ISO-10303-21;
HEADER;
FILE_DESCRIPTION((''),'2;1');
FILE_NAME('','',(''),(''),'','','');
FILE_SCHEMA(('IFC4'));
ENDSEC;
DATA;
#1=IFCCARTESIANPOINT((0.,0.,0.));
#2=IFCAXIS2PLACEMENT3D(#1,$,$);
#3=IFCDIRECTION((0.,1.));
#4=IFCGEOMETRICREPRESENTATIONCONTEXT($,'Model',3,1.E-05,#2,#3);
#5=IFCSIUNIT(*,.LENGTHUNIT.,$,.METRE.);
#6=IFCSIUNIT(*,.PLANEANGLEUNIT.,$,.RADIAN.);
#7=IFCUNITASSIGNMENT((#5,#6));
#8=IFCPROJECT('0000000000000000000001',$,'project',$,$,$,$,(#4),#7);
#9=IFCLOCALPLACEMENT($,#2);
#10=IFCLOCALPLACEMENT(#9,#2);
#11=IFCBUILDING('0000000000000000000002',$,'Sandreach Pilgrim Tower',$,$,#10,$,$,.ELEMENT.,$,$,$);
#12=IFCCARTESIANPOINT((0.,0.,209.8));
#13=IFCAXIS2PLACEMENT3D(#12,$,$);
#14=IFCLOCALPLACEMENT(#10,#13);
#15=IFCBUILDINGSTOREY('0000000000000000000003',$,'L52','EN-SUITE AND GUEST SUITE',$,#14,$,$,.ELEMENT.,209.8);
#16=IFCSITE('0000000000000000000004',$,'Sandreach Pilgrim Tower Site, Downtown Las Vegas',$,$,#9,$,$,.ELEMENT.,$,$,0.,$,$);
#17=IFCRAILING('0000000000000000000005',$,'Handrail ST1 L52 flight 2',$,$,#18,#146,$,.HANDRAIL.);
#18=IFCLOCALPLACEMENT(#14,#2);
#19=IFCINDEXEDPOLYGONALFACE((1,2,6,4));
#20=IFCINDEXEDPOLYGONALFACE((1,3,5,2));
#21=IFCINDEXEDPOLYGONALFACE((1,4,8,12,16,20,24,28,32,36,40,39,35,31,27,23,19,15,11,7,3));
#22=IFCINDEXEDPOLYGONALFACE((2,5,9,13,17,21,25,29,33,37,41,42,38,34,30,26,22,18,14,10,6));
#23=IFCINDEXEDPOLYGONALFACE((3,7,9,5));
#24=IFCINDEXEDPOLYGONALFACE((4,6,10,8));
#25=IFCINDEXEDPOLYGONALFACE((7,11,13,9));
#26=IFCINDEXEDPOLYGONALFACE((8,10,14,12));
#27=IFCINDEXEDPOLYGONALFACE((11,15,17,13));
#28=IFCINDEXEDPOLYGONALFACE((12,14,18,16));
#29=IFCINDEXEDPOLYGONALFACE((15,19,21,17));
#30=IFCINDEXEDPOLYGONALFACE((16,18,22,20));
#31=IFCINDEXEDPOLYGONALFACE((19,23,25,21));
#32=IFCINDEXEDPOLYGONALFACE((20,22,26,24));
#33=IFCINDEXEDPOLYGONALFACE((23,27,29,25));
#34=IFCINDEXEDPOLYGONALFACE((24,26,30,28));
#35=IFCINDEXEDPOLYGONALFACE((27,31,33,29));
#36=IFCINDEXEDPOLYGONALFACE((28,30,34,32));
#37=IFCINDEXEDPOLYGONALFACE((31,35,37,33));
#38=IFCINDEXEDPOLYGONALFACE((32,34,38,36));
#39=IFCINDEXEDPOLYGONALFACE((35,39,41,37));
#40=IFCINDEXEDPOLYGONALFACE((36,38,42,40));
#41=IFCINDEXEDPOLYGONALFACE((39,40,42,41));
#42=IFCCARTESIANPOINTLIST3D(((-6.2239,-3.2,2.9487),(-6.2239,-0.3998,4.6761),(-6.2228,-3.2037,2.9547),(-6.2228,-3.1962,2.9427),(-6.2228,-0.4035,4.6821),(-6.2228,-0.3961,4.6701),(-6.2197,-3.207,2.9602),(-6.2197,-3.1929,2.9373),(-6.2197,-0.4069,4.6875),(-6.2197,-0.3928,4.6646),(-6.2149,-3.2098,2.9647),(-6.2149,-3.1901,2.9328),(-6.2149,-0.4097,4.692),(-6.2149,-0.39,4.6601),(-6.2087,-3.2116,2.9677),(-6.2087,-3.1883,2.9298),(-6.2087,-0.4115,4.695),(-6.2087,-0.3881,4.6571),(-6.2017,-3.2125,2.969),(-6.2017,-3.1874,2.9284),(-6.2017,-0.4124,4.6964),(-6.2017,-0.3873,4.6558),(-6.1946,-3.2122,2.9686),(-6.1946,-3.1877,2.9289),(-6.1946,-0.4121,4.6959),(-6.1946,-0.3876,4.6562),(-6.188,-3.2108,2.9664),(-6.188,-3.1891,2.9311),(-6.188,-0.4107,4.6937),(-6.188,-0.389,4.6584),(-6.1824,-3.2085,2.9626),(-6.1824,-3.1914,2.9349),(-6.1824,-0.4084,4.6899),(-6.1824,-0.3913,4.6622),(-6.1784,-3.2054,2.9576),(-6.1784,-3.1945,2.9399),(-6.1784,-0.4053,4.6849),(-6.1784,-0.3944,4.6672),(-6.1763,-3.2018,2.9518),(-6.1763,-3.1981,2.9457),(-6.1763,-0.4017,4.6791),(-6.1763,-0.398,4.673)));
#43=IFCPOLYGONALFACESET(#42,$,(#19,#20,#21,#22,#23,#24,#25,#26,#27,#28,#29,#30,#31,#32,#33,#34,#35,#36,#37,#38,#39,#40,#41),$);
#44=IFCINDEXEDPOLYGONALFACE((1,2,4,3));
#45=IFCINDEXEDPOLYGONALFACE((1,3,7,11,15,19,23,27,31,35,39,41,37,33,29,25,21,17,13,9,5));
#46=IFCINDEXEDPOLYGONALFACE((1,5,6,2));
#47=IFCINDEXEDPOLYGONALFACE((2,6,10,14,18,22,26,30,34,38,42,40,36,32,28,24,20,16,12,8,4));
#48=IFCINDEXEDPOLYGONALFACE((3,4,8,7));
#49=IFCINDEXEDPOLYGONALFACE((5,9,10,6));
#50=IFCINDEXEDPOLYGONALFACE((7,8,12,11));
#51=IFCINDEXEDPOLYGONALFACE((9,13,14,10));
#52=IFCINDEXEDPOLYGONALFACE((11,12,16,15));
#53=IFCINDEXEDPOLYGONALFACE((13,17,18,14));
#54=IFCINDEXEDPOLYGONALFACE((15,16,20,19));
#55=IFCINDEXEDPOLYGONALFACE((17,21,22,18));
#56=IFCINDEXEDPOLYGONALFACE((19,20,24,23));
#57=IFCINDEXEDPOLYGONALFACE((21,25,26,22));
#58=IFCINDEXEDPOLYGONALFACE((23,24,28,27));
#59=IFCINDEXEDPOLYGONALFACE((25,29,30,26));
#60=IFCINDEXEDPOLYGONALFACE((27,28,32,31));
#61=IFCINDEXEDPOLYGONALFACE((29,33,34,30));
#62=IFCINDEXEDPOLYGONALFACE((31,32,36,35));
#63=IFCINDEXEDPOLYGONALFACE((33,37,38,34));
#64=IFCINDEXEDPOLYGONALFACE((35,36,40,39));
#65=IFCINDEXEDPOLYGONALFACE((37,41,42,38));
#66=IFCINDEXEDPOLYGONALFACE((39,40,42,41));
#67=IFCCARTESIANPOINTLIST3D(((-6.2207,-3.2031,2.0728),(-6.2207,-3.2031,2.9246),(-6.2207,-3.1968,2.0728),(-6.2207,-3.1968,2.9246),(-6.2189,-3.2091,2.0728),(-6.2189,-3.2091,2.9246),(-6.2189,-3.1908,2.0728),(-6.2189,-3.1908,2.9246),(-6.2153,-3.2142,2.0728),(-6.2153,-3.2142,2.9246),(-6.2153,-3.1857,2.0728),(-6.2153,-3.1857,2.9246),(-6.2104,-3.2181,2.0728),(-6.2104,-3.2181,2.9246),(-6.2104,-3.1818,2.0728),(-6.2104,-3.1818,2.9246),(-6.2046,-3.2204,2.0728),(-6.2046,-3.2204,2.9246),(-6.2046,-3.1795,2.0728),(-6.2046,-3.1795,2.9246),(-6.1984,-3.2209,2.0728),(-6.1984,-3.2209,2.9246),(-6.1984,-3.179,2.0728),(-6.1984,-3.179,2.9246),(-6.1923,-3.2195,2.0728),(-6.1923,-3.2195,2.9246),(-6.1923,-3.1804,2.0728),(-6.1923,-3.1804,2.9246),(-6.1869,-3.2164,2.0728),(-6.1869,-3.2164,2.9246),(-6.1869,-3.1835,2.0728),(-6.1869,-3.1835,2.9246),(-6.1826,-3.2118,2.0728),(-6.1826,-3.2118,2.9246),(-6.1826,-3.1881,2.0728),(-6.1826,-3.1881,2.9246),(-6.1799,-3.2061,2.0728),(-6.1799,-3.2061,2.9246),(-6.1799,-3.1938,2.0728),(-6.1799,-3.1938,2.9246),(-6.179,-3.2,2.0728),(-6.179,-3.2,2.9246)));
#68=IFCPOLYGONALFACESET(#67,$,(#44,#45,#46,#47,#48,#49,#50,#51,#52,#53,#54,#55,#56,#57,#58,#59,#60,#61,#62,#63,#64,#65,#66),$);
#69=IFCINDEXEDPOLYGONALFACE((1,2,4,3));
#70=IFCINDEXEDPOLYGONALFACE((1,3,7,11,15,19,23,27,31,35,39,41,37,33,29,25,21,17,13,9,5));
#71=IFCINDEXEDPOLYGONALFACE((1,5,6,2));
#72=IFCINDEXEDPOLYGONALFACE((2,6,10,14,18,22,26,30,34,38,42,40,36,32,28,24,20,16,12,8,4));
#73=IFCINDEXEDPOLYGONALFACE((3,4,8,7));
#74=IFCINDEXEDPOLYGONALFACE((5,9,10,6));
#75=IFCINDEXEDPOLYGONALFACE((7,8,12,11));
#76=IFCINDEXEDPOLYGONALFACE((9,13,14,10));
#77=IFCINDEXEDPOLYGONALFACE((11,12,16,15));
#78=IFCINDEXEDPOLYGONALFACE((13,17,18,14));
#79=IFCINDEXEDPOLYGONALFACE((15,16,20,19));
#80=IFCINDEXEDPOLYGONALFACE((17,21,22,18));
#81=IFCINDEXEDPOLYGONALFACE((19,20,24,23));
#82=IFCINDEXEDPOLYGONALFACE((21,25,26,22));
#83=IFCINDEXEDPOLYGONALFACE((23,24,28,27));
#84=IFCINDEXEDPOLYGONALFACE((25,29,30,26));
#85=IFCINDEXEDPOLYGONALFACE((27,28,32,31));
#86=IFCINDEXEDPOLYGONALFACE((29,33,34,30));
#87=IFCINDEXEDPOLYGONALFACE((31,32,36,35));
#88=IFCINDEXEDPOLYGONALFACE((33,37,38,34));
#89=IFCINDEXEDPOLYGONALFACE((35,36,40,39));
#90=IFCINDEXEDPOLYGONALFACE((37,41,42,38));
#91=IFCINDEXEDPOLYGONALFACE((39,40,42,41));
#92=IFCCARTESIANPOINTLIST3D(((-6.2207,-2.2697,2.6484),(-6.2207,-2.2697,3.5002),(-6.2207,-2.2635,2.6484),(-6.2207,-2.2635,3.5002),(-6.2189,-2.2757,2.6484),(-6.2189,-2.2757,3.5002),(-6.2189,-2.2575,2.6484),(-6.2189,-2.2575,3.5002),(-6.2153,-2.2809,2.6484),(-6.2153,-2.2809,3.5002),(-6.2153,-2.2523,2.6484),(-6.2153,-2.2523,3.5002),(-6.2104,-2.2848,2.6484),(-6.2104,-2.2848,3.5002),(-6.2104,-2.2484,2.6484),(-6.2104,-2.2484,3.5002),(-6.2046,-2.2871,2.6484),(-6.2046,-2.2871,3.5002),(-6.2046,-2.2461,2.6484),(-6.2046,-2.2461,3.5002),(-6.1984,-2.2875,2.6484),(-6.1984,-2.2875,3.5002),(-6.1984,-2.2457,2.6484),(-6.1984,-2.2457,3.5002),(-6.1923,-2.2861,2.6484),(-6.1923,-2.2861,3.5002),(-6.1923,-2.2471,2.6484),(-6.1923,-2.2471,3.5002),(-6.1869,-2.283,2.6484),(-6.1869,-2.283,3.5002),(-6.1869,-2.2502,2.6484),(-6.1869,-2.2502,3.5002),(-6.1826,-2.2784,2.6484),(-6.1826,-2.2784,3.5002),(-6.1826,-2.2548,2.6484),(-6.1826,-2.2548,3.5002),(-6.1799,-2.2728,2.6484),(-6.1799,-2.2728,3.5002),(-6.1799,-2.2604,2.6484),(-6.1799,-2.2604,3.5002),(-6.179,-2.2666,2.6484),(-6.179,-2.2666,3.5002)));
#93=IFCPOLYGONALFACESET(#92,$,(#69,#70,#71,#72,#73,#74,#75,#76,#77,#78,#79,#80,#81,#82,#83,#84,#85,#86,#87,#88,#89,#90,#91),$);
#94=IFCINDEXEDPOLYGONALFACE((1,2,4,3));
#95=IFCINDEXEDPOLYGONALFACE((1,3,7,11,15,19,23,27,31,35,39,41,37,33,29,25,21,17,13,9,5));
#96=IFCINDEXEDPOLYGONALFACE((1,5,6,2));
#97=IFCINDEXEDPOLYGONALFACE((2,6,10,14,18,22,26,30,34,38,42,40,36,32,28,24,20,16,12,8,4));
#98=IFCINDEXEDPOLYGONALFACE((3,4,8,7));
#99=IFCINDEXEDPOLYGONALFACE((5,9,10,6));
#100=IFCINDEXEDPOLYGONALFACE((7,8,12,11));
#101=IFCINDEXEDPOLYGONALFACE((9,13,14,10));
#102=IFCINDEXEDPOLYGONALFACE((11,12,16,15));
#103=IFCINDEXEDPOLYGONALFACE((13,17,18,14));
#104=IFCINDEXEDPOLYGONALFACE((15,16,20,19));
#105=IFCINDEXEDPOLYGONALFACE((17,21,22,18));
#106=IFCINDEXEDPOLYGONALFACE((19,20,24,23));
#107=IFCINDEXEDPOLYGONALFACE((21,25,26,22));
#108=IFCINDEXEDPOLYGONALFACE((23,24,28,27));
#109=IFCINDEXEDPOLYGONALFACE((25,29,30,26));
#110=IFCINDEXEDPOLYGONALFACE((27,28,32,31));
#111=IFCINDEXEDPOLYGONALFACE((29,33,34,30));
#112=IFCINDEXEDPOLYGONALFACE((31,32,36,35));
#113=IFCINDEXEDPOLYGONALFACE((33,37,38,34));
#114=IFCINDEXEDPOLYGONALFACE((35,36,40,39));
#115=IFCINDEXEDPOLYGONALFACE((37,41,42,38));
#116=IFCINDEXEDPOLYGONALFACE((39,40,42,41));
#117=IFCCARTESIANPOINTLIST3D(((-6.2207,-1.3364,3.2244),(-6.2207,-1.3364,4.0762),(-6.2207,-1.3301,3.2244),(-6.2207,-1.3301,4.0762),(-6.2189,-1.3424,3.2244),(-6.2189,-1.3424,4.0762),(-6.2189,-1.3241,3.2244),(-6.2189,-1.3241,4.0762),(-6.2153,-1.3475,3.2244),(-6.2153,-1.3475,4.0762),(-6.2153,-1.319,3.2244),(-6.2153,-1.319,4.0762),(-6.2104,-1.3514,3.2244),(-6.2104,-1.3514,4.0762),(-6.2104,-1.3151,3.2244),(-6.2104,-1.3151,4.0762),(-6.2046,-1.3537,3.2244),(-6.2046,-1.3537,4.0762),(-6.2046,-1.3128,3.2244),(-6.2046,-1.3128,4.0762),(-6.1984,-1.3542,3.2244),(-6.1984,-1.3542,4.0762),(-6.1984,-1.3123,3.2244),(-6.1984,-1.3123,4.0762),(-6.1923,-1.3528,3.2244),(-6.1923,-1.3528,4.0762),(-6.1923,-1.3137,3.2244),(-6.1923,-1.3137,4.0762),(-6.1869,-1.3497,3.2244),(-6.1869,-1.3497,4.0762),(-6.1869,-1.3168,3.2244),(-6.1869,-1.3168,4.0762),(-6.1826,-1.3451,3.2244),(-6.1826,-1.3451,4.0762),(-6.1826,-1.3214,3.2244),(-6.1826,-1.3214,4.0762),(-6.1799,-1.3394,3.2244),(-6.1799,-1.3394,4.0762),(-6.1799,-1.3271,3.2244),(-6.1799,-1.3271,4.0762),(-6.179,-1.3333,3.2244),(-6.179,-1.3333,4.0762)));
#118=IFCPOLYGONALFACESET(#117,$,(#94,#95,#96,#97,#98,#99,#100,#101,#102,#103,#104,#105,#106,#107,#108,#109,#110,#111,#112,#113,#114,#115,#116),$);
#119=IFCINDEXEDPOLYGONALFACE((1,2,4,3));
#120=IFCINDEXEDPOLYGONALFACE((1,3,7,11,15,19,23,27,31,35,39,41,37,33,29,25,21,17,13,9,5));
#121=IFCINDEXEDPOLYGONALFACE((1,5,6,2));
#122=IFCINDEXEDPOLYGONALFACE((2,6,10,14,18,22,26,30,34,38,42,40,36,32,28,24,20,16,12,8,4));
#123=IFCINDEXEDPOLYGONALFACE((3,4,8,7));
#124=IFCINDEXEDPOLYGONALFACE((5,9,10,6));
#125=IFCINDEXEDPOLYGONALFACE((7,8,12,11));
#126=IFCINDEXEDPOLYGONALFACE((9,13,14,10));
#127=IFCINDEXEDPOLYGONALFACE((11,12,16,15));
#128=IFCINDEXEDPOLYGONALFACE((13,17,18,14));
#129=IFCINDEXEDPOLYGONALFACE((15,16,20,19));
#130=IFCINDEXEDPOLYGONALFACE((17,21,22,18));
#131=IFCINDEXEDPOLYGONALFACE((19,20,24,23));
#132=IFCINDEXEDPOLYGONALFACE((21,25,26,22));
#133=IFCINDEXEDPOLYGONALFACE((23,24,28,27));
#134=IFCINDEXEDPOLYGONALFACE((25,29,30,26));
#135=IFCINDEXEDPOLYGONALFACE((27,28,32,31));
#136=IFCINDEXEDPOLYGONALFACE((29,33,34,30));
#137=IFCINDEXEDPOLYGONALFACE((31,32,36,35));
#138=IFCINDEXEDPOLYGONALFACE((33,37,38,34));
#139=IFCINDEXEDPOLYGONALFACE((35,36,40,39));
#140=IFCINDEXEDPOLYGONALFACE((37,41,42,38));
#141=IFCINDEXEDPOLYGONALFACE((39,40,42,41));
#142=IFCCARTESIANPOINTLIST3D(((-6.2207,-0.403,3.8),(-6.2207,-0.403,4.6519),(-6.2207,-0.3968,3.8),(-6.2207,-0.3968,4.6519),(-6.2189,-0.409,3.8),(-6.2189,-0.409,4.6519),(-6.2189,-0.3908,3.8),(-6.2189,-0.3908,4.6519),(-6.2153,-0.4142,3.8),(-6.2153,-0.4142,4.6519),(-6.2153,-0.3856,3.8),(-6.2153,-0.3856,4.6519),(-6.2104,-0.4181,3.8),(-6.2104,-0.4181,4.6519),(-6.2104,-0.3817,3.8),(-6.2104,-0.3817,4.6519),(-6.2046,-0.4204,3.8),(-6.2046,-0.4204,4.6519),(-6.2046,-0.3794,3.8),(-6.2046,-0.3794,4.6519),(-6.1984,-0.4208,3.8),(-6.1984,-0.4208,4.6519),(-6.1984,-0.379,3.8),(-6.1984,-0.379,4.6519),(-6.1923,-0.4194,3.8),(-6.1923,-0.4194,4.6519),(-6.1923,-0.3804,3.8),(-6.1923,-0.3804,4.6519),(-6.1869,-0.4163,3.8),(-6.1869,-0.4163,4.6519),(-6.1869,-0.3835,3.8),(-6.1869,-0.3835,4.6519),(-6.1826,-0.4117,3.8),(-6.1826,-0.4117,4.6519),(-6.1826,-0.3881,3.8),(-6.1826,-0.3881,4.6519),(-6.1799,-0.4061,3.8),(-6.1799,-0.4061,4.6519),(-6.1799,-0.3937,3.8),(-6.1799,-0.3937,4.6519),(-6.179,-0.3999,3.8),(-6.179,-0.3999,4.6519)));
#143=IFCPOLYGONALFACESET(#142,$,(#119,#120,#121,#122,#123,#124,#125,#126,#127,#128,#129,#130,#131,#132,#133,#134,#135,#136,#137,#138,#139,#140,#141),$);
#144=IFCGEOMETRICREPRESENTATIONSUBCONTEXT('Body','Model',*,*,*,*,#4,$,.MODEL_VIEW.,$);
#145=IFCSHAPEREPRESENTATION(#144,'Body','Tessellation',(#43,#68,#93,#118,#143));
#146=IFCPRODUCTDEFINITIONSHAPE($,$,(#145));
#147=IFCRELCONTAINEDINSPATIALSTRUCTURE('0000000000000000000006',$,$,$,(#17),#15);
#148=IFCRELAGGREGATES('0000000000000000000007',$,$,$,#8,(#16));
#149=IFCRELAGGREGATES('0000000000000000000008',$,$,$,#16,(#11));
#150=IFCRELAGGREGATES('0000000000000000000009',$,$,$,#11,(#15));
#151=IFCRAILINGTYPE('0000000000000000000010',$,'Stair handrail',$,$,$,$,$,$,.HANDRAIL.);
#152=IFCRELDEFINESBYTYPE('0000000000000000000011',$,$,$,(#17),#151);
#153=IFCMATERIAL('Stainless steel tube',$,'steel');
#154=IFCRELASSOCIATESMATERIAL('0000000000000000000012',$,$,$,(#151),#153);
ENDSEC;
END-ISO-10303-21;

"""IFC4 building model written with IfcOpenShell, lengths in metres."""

from ifc_helpers import new_model, si_unit, direction, frame, origin, origin_2d, place, context, subcontext, project, spatial, circle, extrude, material, type_object, element, save


model = new_model("IFC4")

# Units and contexts
model_context = context("Model", 3, precision=1e-05, world=origin(), true_north=direction((0.0, 1.0)))
body_context = subcontext(model_context, "Body", "Model", "MODEL_VIEW")
ifc_project = project(units=[si_unit("LENGTHUNIT", "METRE"), si_unit("PLANEANGLEUNIT", "RADIAN")], contexts=[model_context])

# Site, building, storey
site_placement = place(None, origin())
site = spatial("IfcSite", under=ifc_project, at=site_placement, Name="Sandreach Pilgrim Tower Site, Downtown Las Vegas", CompositionType="ELEMENT", RefElevation=0.0)
building_placement = place(site_placement, origin())
building = spatial("IfcBuilding", under=site, at=building_placement, Name="Sandreach Pilgrim Tower", CompositionType="ELEMENT")
storey_placement = place(building_placement, frame((0.0, 0.0, 209.8)))
storey = spatial("IfcBuildingStorey", under=building, at=storey_placement, Name="L52", Description="EN-SUITE AND GUEST SUITE", CompositionType="ELEMENT", Elevation=209.8)

# Railing
ifc_material_1 = material(Name="Stainless steel tube", Category="steel")
railing_type = type_object("IfcRailingType", Name="Stair handrail", PredefinedType="HANDRAIL", material=ifc_material_1)
for number, where, name in (
    (1, (-6.2, -3.2, 2.0728), "Handrail ST1 L52 flight 2"),
):
    element("IfcRailing", number, at=place(storey_placement, frame(where)), inside=storey, type_object=railing_type, Name=name, PredefinedType="HANDRAIL", context=body_context, shape_type="SweptSolid", body=[
        extrude(circle(Radius=0.0239, at=origin_2d()), frame((0.0, 0.0, 0.876), z_axis=(0.0, 0.85109, 0.52502), x_axis=(-1.0, 0.0, 0.0)), (0.0, 0.0, 1.0), 3.29),
        extrude(circle(Radius=0.021, at=origin_2d()), origin(), (0.0, 0.0, 1.0), 0.8518),
        extrude(circle(Radius=0.021, at=origin_2d()), frame((0.0, 0.9333, 0.5757)), (0.0, 0.0, 1.0), 0.8518),
        extrude(circle(Radius=0.021, at=origin_2d()), frame((0.0, 1.8667, 1.1516)), (0.0, 0.0, 1.0), 0.8518),
        extrude(circle(Radius=0.021, at=origin_2d()), frame((0.0, 2.8, 1.7273)), (0.0, 0.0, 1.0), 0.8518),
    ])

save(model, "model.ifc")
